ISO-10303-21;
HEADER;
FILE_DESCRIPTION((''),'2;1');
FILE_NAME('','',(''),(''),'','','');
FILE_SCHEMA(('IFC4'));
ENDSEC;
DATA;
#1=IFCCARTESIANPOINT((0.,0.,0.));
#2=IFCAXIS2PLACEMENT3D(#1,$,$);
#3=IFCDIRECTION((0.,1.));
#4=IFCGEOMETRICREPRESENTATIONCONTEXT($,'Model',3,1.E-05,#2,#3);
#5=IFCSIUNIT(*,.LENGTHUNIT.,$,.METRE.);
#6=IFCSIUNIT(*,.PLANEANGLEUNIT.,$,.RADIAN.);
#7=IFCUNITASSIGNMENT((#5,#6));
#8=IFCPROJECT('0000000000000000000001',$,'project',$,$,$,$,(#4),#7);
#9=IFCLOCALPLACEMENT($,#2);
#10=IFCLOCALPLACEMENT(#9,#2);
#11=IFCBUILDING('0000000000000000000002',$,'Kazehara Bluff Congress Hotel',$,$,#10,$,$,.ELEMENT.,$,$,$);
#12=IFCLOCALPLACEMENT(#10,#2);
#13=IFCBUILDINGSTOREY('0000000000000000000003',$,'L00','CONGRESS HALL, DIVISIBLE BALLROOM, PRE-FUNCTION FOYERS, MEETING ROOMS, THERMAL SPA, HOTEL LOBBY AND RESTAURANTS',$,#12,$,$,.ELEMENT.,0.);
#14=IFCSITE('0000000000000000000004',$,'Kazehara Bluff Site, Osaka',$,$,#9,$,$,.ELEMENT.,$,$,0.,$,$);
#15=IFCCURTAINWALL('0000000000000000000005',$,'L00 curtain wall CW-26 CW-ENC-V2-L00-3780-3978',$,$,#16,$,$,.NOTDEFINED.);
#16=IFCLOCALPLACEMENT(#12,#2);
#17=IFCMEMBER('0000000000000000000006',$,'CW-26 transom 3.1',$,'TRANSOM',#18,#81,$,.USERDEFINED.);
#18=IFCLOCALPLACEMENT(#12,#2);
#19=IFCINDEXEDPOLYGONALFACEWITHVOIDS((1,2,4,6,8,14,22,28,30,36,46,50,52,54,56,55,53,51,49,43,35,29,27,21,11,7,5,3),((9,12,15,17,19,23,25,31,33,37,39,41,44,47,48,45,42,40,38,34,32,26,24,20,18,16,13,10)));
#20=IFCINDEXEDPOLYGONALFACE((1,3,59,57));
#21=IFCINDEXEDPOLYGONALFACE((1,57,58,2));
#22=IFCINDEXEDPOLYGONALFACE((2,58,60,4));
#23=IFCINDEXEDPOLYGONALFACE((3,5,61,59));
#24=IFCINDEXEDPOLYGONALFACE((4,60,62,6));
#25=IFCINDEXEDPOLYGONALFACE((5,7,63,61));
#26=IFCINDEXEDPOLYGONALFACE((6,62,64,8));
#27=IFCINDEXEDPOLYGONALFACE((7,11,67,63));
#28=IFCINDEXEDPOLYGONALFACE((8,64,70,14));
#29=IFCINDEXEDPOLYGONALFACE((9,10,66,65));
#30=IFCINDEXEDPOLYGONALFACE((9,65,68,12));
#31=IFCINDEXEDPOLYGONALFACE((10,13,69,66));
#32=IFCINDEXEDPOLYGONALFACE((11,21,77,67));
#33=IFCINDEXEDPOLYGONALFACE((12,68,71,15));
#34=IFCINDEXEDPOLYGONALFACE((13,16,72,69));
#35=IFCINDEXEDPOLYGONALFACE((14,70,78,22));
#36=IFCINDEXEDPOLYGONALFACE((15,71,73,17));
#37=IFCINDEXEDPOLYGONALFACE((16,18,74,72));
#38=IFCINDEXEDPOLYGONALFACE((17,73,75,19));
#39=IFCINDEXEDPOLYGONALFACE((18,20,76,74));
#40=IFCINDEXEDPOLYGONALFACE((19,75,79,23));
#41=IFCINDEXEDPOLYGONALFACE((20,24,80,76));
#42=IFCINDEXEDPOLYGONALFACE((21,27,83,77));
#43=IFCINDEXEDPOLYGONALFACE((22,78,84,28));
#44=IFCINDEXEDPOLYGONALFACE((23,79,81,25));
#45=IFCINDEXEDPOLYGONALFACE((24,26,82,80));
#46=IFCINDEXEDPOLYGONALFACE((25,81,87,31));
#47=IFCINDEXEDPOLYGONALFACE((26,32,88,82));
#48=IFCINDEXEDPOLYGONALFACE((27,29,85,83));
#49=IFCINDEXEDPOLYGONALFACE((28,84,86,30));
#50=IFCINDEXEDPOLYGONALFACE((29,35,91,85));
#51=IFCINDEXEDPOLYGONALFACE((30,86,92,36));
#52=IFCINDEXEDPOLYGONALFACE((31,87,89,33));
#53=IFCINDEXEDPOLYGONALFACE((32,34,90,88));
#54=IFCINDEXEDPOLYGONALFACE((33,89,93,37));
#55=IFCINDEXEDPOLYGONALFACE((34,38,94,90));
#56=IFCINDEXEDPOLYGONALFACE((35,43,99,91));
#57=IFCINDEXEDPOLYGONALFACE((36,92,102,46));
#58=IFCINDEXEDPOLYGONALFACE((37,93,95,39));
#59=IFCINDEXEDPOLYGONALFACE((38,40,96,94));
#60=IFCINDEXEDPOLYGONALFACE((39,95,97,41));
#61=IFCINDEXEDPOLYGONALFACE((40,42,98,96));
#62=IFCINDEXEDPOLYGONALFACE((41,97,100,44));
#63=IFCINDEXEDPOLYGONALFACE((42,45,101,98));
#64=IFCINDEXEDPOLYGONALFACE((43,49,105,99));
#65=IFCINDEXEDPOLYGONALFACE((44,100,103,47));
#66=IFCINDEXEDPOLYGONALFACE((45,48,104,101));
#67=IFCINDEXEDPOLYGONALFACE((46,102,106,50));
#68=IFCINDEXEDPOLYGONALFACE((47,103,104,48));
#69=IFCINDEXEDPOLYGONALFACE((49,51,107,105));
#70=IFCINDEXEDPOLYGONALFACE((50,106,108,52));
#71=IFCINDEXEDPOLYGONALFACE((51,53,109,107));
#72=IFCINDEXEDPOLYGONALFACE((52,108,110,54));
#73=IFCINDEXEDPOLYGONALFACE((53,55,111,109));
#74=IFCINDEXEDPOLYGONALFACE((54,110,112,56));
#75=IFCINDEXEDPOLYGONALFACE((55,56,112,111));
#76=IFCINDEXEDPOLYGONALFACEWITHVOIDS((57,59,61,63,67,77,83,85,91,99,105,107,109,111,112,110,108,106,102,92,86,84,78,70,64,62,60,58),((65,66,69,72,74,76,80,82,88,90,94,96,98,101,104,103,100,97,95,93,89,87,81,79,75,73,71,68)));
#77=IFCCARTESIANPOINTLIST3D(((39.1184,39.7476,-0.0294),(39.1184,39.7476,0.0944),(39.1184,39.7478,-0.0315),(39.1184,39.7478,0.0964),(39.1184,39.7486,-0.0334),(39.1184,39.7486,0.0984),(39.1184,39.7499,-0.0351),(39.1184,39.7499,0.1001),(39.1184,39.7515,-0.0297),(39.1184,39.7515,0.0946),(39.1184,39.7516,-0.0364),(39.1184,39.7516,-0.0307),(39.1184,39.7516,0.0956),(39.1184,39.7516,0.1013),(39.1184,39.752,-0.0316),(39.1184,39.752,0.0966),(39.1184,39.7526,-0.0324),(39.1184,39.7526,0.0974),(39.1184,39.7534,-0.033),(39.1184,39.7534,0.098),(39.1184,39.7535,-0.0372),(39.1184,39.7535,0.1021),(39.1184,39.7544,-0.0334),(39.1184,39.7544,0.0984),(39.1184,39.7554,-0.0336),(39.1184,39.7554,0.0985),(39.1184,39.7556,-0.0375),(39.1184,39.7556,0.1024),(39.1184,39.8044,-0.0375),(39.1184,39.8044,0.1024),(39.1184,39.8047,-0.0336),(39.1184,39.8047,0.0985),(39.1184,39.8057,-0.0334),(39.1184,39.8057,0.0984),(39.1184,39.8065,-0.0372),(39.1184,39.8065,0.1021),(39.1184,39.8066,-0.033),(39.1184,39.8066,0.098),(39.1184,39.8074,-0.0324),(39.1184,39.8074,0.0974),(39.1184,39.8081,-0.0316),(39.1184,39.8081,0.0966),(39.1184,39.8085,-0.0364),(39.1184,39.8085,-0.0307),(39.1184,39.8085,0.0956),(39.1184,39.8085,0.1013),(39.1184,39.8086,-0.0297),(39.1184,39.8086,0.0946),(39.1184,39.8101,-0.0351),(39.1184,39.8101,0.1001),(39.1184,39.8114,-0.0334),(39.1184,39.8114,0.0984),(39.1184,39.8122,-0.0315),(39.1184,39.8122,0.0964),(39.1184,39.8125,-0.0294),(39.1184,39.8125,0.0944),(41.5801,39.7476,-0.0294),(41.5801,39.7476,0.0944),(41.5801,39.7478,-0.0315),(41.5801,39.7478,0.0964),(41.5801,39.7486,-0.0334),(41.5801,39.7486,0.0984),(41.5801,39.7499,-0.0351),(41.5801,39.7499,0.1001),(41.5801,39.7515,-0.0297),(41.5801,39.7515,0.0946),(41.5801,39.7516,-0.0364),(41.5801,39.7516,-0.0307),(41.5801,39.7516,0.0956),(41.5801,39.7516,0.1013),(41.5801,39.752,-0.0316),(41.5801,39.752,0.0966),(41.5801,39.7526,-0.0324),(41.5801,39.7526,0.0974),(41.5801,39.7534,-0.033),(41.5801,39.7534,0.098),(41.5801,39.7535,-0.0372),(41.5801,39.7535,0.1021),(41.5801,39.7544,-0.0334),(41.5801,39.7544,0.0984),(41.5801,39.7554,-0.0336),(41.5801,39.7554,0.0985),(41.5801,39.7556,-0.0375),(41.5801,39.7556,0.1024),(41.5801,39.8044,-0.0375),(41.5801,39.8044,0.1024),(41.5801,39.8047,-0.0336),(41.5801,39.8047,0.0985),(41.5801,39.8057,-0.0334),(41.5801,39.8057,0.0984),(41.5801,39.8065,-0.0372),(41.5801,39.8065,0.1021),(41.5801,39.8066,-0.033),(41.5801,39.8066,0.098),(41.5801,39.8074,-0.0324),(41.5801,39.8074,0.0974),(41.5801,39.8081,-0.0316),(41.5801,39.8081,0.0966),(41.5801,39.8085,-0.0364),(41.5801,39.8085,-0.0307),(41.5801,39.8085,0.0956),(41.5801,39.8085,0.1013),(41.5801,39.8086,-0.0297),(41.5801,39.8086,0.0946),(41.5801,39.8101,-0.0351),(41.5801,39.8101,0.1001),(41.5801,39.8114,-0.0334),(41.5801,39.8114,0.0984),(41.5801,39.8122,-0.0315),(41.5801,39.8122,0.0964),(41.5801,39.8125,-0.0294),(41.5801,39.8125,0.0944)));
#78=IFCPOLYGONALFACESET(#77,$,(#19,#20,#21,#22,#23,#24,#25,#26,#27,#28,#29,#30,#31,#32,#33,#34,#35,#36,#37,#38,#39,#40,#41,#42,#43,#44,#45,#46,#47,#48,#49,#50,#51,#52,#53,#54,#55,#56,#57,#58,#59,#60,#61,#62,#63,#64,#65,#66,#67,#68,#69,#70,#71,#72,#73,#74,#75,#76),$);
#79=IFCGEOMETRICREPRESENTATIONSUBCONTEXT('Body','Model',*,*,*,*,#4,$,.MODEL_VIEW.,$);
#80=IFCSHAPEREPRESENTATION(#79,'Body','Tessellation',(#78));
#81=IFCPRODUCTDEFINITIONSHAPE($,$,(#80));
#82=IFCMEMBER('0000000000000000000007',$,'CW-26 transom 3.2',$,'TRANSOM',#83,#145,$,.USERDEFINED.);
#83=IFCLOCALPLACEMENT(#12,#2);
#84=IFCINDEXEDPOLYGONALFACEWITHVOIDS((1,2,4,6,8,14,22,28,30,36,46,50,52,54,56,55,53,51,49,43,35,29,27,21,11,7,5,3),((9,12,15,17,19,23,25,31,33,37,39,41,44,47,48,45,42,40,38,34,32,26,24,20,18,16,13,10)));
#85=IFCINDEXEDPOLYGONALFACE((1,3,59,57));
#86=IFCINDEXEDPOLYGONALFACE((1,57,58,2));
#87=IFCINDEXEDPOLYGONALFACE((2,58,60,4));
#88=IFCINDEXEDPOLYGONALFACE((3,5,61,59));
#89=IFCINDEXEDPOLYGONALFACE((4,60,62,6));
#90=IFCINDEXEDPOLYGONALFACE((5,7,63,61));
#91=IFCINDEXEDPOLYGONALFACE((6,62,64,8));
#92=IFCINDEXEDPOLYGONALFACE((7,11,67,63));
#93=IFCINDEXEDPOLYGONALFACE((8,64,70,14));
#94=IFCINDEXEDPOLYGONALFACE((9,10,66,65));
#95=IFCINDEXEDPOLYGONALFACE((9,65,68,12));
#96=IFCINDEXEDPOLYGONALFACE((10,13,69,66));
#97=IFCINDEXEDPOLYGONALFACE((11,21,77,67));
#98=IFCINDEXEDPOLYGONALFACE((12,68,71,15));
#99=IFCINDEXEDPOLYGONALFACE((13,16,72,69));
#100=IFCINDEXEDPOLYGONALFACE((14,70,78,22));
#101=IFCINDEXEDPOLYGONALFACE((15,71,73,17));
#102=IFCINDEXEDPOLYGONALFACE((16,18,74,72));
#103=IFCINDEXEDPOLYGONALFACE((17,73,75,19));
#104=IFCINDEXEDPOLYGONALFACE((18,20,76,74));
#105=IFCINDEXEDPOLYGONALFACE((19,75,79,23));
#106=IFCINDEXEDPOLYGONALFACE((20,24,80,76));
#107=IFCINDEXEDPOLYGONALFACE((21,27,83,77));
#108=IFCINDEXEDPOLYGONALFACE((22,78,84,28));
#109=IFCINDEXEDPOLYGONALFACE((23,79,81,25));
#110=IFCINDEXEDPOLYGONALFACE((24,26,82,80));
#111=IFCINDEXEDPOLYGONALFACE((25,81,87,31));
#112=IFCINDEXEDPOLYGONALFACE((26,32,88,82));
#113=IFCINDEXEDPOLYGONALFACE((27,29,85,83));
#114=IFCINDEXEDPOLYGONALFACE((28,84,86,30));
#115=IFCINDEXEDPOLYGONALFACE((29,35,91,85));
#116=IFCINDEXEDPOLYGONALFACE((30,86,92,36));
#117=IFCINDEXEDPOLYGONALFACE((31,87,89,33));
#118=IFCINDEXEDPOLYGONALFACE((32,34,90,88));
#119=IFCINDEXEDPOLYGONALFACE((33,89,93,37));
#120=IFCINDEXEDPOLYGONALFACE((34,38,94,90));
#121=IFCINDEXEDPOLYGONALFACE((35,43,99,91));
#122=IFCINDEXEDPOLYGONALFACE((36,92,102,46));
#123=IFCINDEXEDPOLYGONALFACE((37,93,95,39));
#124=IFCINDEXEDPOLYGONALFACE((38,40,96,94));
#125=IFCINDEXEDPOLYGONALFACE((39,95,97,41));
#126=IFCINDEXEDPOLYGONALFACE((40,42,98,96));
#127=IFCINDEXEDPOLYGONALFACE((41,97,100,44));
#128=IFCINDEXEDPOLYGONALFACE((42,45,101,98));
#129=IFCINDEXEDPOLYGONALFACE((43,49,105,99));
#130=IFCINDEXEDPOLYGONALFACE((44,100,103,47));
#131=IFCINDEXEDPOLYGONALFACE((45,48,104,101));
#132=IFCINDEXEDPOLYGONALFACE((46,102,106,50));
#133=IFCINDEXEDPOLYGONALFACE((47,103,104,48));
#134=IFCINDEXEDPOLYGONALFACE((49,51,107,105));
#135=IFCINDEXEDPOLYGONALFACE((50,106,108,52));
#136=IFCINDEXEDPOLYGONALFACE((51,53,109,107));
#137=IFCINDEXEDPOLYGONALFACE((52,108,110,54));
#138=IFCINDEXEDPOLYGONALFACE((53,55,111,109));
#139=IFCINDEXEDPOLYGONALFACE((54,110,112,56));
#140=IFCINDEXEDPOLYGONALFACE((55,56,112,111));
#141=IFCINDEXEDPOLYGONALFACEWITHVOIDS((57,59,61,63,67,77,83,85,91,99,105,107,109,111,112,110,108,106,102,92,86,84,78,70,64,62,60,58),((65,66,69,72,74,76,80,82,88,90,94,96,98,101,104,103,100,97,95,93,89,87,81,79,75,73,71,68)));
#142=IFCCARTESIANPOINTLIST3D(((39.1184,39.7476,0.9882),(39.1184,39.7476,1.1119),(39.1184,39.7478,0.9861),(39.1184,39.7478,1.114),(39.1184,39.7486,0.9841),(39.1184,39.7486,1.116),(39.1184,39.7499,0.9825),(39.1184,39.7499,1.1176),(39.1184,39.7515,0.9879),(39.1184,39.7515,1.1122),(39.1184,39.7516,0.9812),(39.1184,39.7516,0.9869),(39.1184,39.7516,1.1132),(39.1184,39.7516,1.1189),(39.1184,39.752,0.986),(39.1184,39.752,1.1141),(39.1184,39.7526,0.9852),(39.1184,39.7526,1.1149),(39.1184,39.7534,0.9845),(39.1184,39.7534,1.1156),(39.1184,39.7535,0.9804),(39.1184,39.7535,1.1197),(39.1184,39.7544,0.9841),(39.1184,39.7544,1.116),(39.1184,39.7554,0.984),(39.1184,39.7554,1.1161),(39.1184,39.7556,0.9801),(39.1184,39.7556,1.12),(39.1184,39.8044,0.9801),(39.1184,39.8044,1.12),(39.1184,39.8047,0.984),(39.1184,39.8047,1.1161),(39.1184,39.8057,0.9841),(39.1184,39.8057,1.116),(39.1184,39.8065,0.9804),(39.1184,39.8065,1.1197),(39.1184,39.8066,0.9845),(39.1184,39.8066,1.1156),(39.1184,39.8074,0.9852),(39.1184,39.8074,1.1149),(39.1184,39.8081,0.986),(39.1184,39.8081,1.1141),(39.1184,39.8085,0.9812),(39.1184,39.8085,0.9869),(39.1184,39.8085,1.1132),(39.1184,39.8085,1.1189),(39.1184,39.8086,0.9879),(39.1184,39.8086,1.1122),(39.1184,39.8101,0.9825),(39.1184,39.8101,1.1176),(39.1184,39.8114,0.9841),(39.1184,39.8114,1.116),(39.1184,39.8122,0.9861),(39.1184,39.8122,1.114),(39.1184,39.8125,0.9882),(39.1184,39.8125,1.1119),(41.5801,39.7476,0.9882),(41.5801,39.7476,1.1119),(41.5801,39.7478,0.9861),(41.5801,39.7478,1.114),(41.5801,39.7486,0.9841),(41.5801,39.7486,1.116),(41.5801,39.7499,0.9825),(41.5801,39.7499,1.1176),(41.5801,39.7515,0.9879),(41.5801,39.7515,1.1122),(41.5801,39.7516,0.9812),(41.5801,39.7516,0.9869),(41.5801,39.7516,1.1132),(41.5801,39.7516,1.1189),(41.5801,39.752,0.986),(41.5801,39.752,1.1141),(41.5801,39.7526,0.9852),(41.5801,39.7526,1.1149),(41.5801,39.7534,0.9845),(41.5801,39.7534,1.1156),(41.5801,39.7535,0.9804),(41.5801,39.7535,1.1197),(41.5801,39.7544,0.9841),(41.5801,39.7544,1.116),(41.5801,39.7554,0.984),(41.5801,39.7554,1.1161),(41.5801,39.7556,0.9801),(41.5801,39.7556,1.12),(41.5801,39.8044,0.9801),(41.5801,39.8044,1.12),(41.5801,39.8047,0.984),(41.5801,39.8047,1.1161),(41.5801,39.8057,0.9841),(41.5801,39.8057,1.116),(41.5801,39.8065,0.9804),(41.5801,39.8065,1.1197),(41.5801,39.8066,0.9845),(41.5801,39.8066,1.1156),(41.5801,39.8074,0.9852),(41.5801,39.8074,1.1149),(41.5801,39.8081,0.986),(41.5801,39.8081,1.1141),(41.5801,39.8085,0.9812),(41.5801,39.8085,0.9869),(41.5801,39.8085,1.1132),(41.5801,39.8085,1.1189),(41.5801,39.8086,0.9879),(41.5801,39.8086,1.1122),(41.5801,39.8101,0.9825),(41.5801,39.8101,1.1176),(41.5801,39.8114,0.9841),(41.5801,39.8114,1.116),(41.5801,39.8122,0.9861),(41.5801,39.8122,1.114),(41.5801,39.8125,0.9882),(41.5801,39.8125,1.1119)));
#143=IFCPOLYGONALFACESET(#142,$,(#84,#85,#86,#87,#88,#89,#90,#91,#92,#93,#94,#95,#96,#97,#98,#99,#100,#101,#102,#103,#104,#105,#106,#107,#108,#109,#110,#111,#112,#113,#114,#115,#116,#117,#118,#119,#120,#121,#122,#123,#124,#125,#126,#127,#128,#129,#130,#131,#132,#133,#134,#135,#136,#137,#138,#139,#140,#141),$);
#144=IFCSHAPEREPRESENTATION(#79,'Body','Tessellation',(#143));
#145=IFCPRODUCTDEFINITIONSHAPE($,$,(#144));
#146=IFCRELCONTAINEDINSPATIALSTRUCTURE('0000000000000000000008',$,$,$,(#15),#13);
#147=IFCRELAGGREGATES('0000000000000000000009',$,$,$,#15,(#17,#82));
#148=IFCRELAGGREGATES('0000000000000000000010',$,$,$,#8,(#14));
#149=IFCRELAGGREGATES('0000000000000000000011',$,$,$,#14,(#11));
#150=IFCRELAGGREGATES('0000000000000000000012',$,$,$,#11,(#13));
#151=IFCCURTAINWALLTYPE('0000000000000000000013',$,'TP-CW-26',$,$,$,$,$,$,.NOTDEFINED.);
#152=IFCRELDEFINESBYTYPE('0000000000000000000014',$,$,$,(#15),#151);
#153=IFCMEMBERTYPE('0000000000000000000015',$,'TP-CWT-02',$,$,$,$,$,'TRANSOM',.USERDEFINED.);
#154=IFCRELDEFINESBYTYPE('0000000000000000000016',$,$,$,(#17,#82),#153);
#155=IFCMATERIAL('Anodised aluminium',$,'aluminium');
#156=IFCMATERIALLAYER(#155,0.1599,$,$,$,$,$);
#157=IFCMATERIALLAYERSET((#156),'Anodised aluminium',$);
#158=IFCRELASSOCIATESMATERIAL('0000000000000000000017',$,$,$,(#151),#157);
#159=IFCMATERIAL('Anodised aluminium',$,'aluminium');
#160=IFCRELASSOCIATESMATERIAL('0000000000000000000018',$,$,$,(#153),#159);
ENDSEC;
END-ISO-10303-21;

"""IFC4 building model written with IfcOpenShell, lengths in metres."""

from ifc_helpers import new_model, si_unit, direction, frame, origin, origin_2d, place, context, subcontext, project, spatial, hollow_rectangle, extrude, material, layer, layer_set, material_profile, profile_set, type_object, element, aggregate, save


model = new_model("IFC4")

# Units and contexts
model_context = context("Model", 3, precision=1e-05, world=origin(), true_north=direction((0.0, 1.0)))
body_context = subcontext(model_context, "Body", "Model", "MODEL_VIEW")
ifc_project = project(units=[si_unit("LENGTHUNIT", "METRE"), si_unit("PLANEANGLEUNIT", "RADIAN")], contexts=[model_context])

# Site, building, storey
site_placement = place(None, origin())
site = spatial("IfcSite", under=ifc_project, at=site_placement, Name="Kazehara Bluff Site, Osaka", CompositionType="ELEMENT", RefElevation=0.0)
building_placement = place(site_placement, origin())
building = spatial("IfcBuilding", under=site, at=building_placement, Name="Kazehara Bluff Congress Hotel", CompositionType="ELEMENT")
storey_placement = place(building_placement, origin())
storey = spatial("IfcBuildingStorey", under=building, at=storey_placement, Name="L00", Description="CONGRESS HALL, DIVISIBLE BALLROOM, PRE-FUNCTION FOYERS, MEETING ROOMS, THERMAL SPA, HOTEL LOBBY AND RESTAURANTS", CompositionType="ELEMENT", Elevation=0.0)

# Curtain wall
ifc_material_1 = material(Name="Anodised aluminium", Category="aluminium")
ifc_layer_1 = layer(ifc_material_1, 0.1599)
ifc_layer_set_1 = layer_set([ifc_layer_1], Name="Anodised aluminium")
curtain_wall_type_1 = type_object("IfcCurtainWallType", Name="TP-CW-26", PredefinedType="NOTDEFINED", material=ifc_layer_set_1)
curtain_wall_1_placement = place(storey_placement, origin())
curtain_wall_1 = element("IfcCurtainWall", 1, at=curtain_wall_1_placement, inside=storey, type_object=curtain_wall_type_1, Name="L00 curtain wall CW-26 CW-ENC-V2-L00-3780-3978", PredefinedType="NOTDEFINED")

# Members
ifc_material_2 = material(Name="Anodised aluminium", Category="aluminium")
ifc_material_profile_1 = material_profile(ifc_material_2, hollow_rectangle(XDim=0.0649, YDim=0.1399, WallThickness=0.0039, InnerFilletRadius=0.0039, OuterFilletRadius=0.0081, at=origin_2d()))
ifc_profile_set_1 = profile_set([ifc_material_profile_1], Name="Anodised aluminium")
member_type_1 = type_object("IfcMemberType", Name="TP-CWT-02", ElementType="TRANSOM", PredefinedType="USERDEFINED", material=ifc_profile_set_1)
member_1_placement = place(storey_placement, frame((39.1184, 39.78, 0.0325), z_axis=(1.0, 0.0, 0.0), x_axis=(0.0, 1.0, 0.0)))
member_1 = element("IfcMember", 2, at=member_1_placement, type_object=member_type_1, Name="CW-26 transom 3.1", ObjectType="TRANSOM", PredefinedType="USERDEFINED", context=body_context, shape_type="SweptSolid", body=[
    extrude(hollow_rectangle(XDim=0.0649, YDim=0.1399, WallThickness=0.0039, InnerFilletRadius=0.0039, OuterFilletRadius=0.0081, at=origin_2d()), origin(), (0.0, 0.0, 1.0), 2.4617),
])
member_2_placement = place(storey_placement, frame((39.1184, 39.78, 1.05), z_axis=(1.0, 0.0, 0.0), x_axis=(0.0, 1.0, 0.0)))
member_2 = element("IfcMember", 3, at=member_2_placement, type_object=member_type_1, Name="CW-26 transom 3.2", ObjectType="TRANSOM", PredefinedType="USERDEFINED", context=body_context, shape_type="SweptSolid", body=[
    extrude(hollow_rectangle(XDim=0.0649, YDim=0.1399, WallThickness=0.0039, InnerFilletRadius=0.0039, OuterFilletRadius=0.0081, at=origin_2d()), origin(), (0.0, 0.0, 1.0), 2.4617),
])

aggregate(curtain_wall_1, [member_1, member_2])

save(model, "model.ifc")
